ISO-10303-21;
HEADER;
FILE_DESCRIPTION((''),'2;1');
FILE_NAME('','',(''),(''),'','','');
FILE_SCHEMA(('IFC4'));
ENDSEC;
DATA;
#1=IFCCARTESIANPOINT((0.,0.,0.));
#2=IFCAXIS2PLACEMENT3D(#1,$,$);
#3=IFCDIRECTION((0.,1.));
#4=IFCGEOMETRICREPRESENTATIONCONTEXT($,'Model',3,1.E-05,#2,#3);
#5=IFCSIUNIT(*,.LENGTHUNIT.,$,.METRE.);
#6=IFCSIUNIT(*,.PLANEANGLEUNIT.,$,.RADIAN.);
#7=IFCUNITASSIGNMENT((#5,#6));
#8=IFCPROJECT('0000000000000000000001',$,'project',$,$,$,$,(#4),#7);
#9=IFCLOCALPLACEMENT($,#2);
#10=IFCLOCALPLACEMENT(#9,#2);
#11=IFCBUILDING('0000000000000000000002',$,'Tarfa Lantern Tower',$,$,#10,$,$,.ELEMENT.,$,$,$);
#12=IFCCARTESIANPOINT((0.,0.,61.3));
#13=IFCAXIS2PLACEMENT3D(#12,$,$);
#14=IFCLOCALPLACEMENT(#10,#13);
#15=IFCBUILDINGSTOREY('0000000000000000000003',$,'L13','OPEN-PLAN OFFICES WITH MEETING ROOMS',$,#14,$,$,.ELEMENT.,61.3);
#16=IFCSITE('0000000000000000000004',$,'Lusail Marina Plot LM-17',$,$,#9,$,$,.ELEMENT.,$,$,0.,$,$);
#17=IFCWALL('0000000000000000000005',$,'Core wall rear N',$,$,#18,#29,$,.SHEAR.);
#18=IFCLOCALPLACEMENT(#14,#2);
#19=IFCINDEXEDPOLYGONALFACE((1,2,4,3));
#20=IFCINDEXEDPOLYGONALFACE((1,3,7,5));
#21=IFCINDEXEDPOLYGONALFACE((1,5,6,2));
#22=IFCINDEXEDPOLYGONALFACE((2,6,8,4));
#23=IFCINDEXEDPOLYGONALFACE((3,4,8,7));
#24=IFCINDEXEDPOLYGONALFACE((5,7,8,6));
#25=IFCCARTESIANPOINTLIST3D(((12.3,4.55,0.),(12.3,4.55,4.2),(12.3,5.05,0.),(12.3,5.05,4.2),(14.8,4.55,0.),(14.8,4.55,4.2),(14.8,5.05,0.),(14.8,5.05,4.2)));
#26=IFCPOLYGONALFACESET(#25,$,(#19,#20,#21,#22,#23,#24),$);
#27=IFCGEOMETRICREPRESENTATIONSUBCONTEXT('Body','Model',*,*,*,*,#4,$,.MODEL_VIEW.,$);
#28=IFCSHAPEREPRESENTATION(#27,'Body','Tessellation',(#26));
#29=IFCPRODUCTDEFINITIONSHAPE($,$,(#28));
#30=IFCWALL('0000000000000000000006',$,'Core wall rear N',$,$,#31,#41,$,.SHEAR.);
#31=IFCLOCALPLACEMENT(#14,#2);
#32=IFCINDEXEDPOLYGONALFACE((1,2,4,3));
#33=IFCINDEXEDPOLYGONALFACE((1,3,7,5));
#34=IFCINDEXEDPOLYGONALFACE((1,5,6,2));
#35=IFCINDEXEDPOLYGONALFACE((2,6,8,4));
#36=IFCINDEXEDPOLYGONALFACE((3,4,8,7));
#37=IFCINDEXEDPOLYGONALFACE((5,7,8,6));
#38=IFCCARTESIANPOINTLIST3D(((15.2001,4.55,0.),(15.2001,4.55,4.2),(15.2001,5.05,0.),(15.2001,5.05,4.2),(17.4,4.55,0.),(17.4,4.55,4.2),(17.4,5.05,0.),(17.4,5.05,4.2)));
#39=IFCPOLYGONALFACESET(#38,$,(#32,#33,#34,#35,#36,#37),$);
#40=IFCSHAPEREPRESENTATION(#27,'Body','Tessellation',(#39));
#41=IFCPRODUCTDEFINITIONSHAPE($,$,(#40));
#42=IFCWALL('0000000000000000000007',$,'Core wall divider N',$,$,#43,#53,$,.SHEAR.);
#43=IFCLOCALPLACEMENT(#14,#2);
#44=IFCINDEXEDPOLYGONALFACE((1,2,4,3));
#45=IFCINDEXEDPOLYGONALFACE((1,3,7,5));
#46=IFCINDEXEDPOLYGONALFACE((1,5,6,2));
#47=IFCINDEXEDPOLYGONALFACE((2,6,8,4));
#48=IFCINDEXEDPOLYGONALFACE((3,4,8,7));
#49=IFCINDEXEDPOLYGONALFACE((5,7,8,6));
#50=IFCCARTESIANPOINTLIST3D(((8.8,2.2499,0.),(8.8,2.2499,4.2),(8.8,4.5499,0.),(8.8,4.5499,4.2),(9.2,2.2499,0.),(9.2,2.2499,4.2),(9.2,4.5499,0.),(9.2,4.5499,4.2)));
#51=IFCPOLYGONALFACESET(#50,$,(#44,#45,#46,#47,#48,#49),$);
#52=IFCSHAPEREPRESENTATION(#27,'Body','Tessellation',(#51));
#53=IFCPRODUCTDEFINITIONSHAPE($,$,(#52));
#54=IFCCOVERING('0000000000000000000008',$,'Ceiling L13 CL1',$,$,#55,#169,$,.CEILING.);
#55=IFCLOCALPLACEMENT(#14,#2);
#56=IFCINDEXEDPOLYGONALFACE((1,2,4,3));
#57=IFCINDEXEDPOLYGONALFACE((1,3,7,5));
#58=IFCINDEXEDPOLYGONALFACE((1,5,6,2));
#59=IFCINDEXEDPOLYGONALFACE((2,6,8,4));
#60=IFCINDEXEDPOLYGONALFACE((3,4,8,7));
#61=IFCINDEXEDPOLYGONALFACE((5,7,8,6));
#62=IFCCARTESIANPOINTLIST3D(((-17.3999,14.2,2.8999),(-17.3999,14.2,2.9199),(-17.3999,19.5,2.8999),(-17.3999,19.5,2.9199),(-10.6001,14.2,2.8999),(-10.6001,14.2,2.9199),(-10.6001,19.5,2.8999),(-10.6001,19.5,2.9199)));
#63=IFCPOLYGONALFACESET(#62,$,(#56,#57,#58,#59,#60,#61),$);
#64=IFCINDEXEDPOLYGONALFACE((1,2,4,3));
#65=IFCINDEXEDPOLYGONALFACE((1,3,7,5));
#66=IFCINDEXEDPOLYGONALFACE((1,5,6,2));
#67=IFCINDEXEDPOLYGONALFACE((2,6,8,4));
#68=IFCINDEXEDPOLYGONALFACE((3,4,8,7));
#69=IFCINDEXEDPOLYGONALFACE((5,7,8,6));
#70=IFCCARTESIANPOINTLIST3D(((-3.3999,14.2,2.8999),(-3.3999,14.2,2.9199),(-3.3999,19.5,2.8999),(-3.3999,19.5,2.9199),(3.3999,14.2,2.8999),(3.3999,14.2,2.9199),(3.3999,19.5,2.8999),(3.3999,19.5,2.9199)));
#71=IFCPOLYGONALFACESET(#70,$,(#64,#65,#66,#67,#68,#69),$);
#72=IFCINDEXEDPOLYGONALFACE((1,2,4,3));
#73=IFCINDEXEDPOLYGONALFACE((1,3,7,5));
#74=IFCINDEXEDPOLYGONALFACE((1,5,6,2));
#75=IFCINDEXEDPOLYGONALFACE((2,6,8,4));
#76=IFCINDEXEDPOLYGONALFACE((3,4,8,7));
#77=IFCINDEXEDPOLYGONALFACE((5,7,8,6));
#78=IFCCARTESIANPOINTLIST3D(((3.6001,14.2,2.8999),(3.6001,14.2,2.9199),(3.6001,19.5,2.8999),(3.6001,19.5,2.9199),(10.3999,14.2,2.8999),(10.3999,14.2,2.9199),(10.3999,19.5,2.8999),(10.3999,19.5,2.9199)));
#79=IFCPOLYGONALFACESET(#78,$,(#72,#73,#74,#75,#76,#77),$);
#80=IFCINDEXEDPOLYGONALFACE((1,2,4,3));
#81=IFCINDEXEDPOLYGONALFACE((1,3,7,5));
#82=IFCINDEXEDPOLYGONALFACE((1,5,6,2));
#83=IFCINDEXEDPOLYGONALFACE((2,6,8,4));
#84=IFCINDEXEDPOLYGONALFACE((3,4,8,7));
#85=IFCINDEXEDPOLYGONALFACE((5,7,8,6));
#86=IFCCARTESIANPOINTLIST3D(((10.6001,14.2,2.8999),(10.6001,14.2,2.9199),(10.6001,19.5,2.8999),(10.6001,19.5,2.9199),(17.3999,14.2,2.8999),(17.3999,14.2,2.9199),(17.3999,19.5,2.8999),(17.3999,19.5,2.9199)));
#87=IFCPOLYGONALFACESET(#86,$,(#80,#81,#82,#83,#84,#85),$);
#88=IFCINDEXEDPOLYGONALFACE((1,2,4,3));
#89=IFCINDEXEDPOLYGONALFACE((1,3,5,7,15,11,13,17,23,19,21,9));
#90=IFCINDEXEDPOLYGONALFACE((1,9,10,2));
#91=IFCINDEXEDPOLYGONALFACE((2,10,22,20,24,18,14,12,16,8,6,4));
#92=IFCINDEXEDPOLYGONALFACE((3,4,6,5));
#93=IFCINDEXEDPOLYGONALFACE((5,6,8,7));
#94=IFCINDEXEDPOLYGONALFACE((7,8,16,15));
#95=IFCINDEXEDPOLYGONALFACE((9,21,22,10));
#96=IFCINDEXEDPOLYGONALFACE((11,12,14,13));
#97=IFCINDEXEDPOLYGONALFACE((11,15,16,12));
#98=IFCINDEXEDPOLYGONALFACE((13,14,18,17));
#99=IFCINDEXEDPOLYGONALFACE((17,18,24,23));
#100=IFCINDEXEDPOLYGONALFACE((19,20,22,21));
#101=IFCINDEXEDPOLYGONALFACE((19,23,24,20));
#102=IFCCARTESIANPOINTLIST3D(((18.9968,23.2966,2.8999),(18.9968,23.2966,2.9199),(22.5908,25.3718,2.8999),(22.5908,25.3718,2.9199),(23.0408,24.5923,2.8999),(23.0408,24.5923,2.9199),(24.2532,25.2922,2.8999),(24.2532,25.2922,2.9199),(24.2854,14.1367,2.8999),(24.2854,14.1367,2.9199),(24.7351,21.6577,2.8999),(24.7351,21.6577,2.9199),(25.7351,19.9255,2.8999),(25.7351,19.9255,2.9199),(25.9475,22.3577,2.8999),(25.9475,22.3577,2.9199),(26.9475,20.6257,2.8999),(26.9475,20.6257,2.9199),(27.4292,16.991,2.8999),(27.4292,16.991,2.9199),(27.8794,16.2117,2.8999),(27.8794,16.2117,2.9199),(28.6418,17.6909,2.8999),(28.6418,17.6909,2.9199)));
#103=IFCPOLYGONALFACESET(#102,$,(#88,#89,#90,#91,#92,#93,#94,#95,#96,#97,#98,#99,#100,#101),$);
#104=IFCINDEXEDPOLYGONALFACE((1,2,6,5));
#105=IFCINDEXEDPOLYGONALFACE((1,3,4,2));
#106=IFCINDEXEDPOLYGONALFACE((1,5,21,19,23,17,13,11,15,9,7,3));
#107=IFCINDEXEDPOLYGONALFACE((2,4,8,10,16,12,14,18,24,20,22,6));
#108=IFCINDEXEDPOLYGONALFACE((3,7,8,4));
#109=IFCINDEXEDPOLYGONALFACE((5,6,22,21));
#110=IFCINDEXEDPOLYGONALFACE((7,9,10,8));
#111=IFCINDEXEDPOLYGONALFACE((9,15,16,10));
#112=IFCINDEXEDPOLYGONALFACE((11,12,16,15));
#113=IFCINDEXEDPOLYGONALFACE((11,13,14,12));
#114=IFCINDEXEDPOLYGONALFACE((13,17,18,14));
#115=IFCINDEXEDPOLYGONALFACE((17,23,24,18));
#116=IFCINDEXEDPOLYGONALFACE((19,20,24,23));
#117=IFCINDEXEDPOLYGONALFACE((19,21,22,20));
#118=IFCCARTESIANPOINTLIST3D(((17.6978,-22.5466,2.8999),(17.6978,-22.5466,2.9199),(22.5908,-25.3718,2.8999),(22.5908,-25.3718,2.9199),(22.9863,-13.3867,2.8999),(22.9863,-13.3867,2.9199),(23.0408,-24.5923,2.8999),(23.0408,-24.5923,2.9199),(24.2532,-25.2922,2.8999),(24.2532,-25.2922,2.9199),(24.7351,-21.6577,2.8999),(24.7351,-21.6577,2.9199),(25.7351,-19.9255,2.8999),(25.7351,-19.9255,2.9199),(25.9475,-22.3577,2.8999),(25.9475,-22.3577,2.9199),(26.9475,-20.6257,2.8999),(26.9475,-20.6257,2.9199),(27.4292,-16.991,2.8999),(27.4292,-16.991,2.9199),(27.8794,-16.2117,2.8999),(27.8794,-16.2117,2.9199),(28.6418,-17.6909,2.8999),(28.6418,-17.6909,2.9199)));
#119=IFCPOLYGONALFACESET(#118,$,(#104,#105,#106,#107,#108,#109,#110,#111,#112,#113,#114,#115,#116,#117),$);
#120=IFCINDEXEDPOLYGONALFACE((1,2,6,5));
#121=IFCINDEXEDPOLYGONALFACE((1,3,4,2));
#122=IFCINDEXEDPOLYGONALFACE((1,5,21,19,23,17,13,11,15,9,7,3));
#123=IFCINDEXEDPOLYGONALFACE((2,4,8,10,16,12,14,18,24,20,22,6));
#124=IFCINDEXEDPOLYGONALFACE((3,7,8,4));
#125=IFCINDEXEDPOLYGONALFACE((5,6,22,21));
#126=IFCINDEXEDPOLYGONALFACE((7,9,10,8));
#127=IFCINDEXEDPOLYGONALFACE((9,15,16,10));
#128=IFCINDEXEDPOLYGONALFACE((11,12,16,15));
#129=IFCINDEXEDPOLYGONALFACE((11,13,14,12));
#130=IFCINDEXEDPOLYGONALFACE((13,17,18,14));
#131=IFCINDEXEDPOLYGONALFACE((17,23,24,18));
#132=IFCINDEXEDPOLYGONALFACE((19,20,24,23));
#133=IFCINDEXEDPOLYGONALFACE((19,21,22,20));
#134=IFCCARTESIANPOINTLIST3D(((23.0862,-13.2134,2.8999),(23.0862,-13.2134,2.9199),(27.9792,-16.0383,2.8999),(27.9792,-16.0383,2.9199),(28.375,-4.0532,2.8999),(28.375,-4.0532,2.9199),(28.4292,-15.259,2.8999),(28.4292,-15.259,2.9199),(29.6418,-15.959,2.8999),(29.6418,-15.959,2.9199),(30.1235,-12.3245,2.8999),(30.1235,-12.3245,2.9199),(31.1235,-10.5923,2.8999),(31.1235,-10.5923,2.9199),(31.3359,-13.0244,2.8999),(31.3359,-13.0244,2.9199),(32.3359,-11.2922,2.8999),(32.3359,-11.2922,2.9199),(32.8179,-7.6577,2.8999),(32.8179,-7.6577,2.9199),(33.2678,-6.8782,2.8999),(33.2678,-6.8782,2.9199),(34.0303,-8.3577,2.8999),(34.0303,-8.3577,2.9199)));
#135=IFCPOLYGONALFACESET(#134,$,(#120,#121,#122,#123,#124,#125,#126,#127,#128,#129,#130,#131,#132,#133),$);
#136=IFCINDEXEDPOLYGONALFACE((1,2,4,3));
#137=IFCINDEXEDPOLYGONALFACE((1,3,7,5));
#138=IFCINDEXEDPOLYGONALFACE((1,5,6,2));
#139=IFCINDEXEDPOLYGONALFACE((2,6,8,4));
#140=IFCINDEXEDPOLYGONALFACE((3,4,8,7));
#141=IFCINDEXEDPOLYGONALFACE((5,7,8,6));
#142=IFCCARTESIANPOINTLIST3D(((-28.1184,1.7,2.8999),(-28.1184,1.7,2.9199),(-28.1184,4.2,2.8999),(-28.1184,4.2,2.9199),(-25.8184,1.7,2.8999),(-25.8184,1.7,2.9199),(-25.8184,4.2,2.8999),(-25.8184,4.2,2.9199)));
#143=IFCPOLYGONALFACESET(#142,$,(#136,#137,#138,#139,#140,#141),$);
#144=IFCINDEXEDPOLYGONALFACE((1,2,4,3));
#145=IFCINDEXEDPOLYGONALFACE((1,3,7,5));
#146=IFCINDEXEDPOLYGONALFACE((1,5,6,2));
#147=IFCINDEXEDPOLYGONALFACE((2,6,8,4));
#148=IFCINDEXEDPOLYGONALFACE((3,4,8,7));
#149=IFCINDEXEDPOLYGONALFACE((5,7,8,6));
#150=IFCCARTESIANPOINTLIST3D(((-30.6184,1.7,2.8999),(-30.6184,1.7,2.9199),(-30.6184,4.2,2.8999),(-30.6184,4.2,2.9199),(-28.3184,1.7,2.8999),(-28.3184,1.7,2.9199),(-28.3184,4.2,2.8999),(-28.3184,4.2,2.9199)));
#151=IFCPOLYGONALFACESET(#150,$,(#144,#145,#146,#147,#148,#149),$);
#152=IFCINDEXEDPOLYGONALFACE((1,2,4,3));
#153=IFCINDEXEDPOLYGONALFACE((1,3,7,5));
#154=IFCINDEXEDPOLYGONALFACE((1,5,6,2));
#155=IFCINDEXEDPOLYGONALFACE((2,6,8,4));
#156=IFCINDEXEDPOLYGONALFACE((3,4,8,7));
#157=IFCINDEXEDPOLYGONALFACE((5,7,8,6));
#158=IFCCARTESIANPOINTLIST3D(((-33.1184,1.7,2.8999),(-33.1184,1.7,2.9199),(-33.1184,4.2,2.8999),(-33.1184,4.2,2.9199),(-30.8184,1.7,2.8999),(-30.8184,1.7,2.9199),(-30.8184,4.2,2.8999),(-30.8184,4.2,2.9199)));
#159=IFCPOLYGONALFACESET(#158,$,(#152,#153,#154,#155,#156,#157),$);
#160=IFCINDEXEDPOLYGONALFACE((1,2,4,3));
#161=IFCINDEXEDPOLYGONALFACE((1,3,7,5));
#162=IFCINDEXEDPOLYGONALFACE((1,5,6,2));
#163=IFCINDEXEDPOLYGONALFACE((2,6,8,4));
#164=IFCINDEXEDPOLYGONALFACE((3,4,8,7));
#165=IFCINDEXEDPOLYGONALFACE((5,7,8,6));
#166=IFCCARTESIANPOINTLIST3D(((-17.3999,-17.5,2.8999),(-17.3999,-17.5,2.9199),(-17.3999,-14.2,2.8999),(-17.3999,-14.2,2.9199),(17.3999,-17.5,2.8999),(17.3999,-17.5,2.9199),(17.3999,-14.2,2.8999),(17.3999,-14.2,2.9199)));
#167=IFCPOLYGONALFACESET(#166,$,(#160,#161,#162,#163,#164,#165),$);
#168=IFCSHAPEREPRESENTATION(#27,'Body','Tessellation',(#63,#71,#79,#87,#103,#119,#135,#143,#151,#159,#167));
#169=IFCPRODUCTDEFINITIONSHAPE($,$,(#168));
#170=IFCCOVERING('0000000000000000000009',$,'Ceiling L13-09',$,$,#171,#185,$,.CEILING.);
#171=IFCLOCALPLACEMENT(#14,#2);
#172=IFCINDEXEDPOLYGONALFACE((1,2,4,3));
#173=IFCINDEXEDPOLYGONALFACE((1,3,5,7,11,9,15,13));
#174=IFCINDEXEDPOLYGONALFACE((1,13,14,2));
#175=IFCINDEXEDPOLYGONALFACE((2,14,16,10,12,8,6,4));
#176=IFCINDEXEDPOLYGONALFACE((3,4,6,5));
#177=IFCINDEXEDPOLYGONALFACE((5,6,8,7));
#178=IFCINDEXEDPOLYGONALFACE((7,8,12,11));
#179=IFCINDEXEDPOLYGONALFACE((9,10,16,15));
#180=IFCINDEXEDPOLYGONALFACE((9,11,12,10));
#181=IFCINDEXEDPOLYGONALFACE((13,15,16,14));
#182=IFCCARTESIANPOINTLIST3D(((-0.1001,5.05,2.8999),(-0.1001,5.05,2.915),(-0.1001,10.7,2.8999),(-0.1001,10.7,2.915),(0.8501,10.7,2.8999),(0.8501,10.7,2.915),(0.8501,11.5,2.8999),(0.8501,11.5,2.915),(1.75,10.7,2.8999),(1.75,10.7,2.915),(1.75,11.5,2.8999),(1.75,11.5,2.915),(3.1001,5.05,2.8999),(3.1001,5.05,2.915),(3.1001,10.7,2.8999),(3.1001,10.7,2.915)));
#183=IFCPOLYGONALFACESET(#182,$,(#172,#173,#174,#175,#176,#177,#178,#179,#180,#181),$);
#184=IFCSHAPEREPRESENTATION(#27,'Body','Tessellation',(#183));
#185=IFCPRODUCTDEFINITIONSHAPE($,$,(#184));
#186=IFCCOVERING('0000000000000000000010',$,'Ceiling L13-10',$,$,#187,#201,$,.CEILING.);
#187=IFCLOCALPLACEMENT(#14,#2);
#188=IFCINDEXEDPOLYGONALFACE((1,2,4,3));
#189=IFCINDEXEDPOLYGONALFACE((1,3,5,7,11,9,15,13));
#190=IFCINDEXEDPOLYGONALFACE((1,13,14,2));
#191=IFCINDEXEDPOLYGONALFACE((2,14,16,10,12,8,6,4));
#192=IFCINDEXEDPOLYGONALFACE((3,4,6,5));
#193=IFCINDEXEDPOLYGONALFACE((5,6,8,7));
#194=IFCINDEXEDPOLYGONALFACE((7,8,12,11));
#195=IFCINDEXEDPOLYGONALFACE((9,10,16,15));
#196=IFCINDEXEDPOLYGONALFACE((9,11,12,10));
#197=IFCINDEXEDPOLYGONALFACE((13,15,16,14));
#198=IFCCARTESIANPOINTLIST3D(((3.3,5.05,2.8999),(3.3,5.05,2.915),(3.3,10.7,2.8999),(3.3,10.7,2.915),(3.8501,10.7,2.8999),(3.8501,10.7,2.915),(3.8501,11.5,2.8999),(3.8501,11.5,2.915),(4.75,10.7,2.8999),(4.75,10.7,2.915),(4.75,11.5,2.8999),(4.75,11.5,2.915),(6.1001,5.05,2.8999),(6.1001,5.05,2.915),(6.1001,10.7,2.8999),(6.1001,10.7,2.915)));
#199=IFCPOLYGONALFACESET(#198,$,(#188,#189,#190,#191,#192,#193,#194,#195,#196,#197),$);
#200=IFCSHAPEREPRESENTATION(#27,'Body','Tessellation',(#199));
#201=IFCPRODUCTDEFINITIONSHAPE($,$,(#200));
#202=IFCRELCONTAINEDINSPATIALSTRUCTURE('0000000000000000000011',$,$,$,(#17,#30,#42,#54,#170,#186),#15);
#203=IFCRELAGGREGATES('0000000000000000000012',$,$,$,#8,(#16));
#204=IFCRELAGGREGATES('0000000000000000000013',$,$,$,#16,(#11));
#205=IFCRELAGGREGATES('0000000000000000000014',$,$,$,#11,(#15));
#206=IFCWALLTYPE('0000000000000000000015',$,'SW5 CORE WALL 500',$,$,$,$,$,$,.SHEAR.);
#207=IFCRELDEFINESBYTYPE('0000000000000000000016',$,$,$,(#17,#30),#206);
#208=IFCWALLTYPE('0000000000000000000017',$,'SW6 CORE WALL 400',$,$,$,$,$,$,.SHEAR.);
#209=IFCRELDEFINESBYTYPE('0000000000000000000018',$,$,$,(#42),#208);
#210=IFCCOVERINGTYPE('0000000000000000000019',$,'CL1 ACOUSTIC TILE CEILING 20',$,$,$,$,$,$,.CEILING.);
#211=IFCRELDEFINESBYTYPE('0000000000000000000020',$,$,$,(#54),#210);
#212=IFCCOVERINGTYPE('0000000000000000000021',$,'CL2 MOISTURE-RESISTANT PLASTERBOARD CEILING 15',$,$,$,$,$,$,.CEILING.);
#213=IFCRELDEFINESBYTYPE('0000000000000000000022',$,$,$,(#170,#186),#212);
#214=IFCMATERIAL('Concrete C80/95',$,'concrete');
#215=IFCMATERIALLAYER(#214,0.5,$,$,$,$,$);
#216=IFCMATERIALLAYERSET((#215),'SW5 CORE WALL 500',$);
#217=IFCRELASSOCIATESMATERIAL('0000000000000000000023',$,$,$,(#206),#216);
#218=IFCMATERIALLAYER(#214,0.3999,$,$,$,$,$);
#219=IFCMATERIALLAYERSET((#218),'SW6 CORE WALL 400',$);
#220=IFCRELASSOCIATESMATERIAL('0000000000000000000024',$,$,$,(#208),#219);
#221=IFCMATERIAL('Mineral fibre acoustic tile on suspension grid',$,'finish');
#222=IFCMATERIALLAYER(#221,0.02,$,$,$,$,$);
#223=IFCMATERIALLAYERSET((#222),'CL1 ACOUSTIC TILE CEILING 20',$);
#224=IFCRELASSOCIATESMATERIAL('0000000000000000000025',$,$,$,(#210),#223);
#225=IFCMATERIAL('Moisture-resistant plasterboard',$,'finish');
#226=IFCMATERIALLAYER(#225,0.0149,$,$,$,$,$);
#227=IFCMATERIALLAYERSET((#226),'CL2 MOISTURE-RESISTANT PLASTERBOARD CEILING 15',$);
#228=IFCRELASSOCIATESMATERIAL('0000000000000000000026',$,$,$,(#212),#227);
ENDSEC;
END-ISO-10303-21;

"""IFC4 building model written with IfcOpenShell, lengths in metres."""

from ifc_helpers import new_model, si_unit, direction, frame, frame_2d, origin, place, context, subcontext, project, spatial, polyline, rectangle, outline, extrude, material, layer, layer_set, type_object, element, save


model = new_model("IFC4")

# Units and contexts
model_context = context("Model", 3, precision=1e-05, world=origin(), true_north=direction((0.0, 1.0)))
body_context = subcontext(model_context, "Body", "Model", "MODEL_VIEW")
ifc_project = project(units=[si_unit("LENGTHUNIT", "METRE"), si_unit("PLANEANGLEUNIT", "RADIAN")], contexts=[model_context])

# Site, building, storey
site_placement = place(None, origin())
site = spatial("IfcSite", under=ifc_project, at=site_placement, Name="Lusail Marina Plot LM-17", CompositionType="ELEMENT", RefElevation=0.0)
building_placement = place(site_placement, origin())
building = spatial("IfcBuilding", under=site, at=building_placement, Name="Tarfa Lantern Tower", CompositionType="ELEMENT")
storey_placement = place(building_placement, frame((0.0, 0.0, 61.3)))
storey = spatial("IfcBuildingStorey", under=building, at=storey_placement, Name="L13", Description="OPEN-PLAN OFFICES WITH MEETING ROOMS", CompositionType="ELEMENT", Elevation=61.3)

# Walls
ifc_material_1 = material(Name="Concrete C80/95", Category="concrete")
ifc_layer_1 = layer(ifc_material_1, 0.5)
ifc_layer_set_1 = layer_set([ifc_layer_1], Name="SW5 CORE WALL 500")
wall_type_1 = type_object("IfcWallType", Name="SW5 CORE WALL 500", PredefinedType="SHEAR", material=ifc_layer_set_1)
wall_1_placement = place(storey_placement, frame((12.3, 4.8, 0.0), z_axis=(0.0, 0.0, 1.0), x_axis=(1.0, 0.0, 0.0)))
element("IfcWall", 1, at=wall_1_placement, inside=storey, type_object=wall_type_1, Name="Core wall rear N", PredefinedType="SHEAR", context=body_context, shape_type="SweptSolid", body=[
    extrude(rectangle(XDim=2.5, YDim=0.5, at=frame_2d((1.25, 0.0))), origin(), (0.0, 0.0, 1.0), 4.2),
])
wall_2_placement = place(storey_placement, frame((15.2, 4.8, 0.0), z_axis=(0.0, 0.0, 1.0), x_axis=(1.0, 0.0, 0.0)))
element("IfcWall", 2, at=wall_2_placement, inside=storey, type_object=wall_type_1, Name="Core wall rear N", PredefinedType="SHEAR", context=body_context, shape_type="SweptSolid", body=[
    extrude(rectangle(XDim=2.2, YDim=0.5, at=frame_2d((1.1001, 0.0))), origin(), (0.0, 0.0, 1.0), 4.2),
])
ifc_layer_2 = layer(ifc_material_1, 0.3999)
ifc_layer_set_2 = layer_set([ifc_layer_2], Name="SW6 CORE WALL 400")
wall_type_2 = type_object("IfcWallType", Name="SW6 CORE WALL 400", PredefinedType="SHEAR", material=ifc_layer_set_2)
wall_3_placement = place(storey_placement, frame((9.0, 2.25, 0.0), z_axis=(0.0, 0.0, 1.0), x_axis=(0.0, 1.0, 0.0)))
element("IfcWall", 3, at=wall_3_placement, inside=storey, type_object=wall_type_2, Name="Core wall divider N", PredefinedType="SHEAR", context=body_context, shape_type="SweptSolid", body=[
    extrude(rectangle(XDim=2.3, YDim=0.3999, at=frame_2d((1.1499, 0.0))), origin(), (0.0, 0.0, 1.0), 4.2),
])

# Coverings
ifc_material_2 = material(Name="Mineral fibre acoustic tile on suspension grid", Category="finish")
ifc_layer_3 = layer(ifc_material_2, 0.02)
ifc_layer_set_3 = layer_set([ifc_layer_3], Name="CL1 ACOUSTIC TILE CEILING 20")
covering_type_1 = type_object("IfcCoveringType", Name="CL1 ACOUSTIC TILE CEILING 20", PredefinedType="CEILING", material=ifc_layer_set_3)
covering_1_placement = place(storey_placement, frame((0.0, 0.0, 2.8999)))
element("IfcCovering", 4, at=covering_1_placement, inside=storey, type_object=covering_type_1, Name="Ceiling L13 CL1", PredefinedType="CEILING", context=body_context, shape_type="SweptSolid", body=[
    extrude(outline(polyline([(-17.3999, 19.5), (-10.6001, 19.5), (-10.6001, 14.2), (-17.3999, 14.2), (-17.3999, 19.5)])), origin(), (0.0, 0.0, 1.0), 0.02),
    extrude(outline(polyline([(-3.3999, 19.5), (3.3999, 19.5), (3.3999, 14.2), (-3.3999, 14.2), (-3.3999, 19.5)])), origin(), (0.0, 0.0, 1.0), 0.02),
    extrude(outline(polyline([(3.6001, 19.5), (10.3999, 19.5), (10.3999, 14.2), (3.6001, 14.2), (3.6001, 19.5)])), origin(), (0.0, 0.0, 1.0), 0.02),
    extrude(outline(polyline([(10.6001, 19.5), (17.3999, 19.5), (17.3999, 14.2), (10.6001, 14.2), (10.6001, 19.5)])), origin(), (0.0, 0.0, 1.0), 0.02),
    extrude(outline(polyline([(18.9968, 23.2966), (22.5908, 25.3718), (23.0408, 24.5923), (24.2532, 25.2922), (25.9475, 22.3577), (24.7351, 21.6577), (25.7351, 19.9255), (26.9475, 20.6257), (28.6418, 17.6909), (27.4292, 16.991), (27.8794, 16.2117), (24.2854, 14.1367), (18.9968, 23.2966)])), origin(), (0.0, 0.0, 1.0), 0.02),
    extrude(outline(polyline([(22.9863, -13.3867), (27.8794, -16.2117), (27.4292, -16.991), (28.6418, -17.6909), (26.9475, -20.6257), (25.7351, -19.9255), (24.7351, -21.6577), (25.9475, -22.3577), (24.2532, -25.2922), (23.0408, -24.5923), (22.5908, -25.3718), (17.6978, -22.5466), (22.9863, -13.3867)])), origin(), (0.0, 0.0, 1.0), 0.02),
    extrude(outline(polyline([(28.375, -4.0532), (33.2678, -6.8782), (32.8179, -7.6577), (34.0303, -8.3577), (32.3359, -11.2922), (31.1235, -10.5923), (30.1235, -12.3245), (31.3359, -13.0244), (29.6418, -15.959), (28.4292, -15.259), (27.9792, -16.0383), (23.0862, -13.2134), (28.375, -4.0532)])), origin(), (0.0, 0.0, 1.0), 0.02),
    extrude(outline(polyline([(-28.1184, 4.2), (-25.8184, 4.2), (-25.8184, 1.7), (-28.1184, 1.7), (-28.1184, 4.2)])), origin(), (0.0, 0.0, 1.0), 0.02),
    extrude(outline(polyline([(-30.6184, 4.2), (-28.3184, 4.2), (-28.3184, 1.7), (-30.6184, 1.7), (-30.6184, 4.2)])), origin(), (0.0, 0.0, 1.0), 0.02),
    extrude(outline(polyline([(-33.1184, 4.2), (-30.8184, 4.2), (-30.8184, 1.7), (-33.1184, 1.7), (-33.1184, 4.2)])), origin(), (0.0, 0.0, 1.0), 0.02),
    extrude(outline(polyline([(-17.3999, -14.2), (17.3999, -14.2), (17.3999, -17.5), (-17.3999, -17.5), (-17.3999, -14.2)])), origin(), (0.0, 0.0, 1.0), 0.02),
])
ifc_material_3 = material(Name="Moisture-resistant plasterboard", Category="finish")
ifc_layer_4 = layer(ifc_material_3, 0.0149)
ifc_layer_set_4 = layer_set([ifc_layer_4], Name="CL2 MOISTURE-RESISTANT PLASTERBOARD CEILING 15")
covering_type_2 = type_object("IfcCoveringType", Name="CL2 MOISTURE-RESISTANT PLASTERBOARD CEILING 15", PredefinedType="CEILING", material=ifc_layer_set_4)
covering_2_placement = place(storey_placement, frame((0.0, 0.0, 2.8999)))
element("IfcCovering", 5, at=covering_2_placement, inside=storey, type_object=covering_type_2, Name="Ceiling L13-09", PredefinedType="CEILING", context=body_context, shape_type="SweptSolid", body=[
    extrude(outline(polyline([(0.8501, 10.7), (-0.1001, 10.7), (-0.1001, 5.05), (3.1001, 5.05), (3.1001, 10.7), (1.75, 10.7), (1.75, 11.5), (0.8501, 11.5), (0.8501, 10.7)])), origin(), (0.0, 0.0, 1.0), 0.0151),
])
covering_3_placement = place(storey_placement, frame((0.0, 0.0, 2.8999)))
element("IfcCovering", 6, at=covering_3_placement, inside=storey, type_object=covering_type_2, Name="Ceiling L13-10", PredefinedType="CEILING", context=body_context, shape_type="SweptSolid", body=[
    extrude(outline(polyline([(3.3, 5.05), (6.1001, 5.05), (6.1001, 10.7), (4.75, 10.7), (4.75, 11.5), (3.8501, 11.5), (3.8501, 10.7), (3.3, 10.7), (3.3, 5.05)])), origin(), (0.0, 0.0, 1.0), 0.0151),
])

save(model, "model.ifc")
